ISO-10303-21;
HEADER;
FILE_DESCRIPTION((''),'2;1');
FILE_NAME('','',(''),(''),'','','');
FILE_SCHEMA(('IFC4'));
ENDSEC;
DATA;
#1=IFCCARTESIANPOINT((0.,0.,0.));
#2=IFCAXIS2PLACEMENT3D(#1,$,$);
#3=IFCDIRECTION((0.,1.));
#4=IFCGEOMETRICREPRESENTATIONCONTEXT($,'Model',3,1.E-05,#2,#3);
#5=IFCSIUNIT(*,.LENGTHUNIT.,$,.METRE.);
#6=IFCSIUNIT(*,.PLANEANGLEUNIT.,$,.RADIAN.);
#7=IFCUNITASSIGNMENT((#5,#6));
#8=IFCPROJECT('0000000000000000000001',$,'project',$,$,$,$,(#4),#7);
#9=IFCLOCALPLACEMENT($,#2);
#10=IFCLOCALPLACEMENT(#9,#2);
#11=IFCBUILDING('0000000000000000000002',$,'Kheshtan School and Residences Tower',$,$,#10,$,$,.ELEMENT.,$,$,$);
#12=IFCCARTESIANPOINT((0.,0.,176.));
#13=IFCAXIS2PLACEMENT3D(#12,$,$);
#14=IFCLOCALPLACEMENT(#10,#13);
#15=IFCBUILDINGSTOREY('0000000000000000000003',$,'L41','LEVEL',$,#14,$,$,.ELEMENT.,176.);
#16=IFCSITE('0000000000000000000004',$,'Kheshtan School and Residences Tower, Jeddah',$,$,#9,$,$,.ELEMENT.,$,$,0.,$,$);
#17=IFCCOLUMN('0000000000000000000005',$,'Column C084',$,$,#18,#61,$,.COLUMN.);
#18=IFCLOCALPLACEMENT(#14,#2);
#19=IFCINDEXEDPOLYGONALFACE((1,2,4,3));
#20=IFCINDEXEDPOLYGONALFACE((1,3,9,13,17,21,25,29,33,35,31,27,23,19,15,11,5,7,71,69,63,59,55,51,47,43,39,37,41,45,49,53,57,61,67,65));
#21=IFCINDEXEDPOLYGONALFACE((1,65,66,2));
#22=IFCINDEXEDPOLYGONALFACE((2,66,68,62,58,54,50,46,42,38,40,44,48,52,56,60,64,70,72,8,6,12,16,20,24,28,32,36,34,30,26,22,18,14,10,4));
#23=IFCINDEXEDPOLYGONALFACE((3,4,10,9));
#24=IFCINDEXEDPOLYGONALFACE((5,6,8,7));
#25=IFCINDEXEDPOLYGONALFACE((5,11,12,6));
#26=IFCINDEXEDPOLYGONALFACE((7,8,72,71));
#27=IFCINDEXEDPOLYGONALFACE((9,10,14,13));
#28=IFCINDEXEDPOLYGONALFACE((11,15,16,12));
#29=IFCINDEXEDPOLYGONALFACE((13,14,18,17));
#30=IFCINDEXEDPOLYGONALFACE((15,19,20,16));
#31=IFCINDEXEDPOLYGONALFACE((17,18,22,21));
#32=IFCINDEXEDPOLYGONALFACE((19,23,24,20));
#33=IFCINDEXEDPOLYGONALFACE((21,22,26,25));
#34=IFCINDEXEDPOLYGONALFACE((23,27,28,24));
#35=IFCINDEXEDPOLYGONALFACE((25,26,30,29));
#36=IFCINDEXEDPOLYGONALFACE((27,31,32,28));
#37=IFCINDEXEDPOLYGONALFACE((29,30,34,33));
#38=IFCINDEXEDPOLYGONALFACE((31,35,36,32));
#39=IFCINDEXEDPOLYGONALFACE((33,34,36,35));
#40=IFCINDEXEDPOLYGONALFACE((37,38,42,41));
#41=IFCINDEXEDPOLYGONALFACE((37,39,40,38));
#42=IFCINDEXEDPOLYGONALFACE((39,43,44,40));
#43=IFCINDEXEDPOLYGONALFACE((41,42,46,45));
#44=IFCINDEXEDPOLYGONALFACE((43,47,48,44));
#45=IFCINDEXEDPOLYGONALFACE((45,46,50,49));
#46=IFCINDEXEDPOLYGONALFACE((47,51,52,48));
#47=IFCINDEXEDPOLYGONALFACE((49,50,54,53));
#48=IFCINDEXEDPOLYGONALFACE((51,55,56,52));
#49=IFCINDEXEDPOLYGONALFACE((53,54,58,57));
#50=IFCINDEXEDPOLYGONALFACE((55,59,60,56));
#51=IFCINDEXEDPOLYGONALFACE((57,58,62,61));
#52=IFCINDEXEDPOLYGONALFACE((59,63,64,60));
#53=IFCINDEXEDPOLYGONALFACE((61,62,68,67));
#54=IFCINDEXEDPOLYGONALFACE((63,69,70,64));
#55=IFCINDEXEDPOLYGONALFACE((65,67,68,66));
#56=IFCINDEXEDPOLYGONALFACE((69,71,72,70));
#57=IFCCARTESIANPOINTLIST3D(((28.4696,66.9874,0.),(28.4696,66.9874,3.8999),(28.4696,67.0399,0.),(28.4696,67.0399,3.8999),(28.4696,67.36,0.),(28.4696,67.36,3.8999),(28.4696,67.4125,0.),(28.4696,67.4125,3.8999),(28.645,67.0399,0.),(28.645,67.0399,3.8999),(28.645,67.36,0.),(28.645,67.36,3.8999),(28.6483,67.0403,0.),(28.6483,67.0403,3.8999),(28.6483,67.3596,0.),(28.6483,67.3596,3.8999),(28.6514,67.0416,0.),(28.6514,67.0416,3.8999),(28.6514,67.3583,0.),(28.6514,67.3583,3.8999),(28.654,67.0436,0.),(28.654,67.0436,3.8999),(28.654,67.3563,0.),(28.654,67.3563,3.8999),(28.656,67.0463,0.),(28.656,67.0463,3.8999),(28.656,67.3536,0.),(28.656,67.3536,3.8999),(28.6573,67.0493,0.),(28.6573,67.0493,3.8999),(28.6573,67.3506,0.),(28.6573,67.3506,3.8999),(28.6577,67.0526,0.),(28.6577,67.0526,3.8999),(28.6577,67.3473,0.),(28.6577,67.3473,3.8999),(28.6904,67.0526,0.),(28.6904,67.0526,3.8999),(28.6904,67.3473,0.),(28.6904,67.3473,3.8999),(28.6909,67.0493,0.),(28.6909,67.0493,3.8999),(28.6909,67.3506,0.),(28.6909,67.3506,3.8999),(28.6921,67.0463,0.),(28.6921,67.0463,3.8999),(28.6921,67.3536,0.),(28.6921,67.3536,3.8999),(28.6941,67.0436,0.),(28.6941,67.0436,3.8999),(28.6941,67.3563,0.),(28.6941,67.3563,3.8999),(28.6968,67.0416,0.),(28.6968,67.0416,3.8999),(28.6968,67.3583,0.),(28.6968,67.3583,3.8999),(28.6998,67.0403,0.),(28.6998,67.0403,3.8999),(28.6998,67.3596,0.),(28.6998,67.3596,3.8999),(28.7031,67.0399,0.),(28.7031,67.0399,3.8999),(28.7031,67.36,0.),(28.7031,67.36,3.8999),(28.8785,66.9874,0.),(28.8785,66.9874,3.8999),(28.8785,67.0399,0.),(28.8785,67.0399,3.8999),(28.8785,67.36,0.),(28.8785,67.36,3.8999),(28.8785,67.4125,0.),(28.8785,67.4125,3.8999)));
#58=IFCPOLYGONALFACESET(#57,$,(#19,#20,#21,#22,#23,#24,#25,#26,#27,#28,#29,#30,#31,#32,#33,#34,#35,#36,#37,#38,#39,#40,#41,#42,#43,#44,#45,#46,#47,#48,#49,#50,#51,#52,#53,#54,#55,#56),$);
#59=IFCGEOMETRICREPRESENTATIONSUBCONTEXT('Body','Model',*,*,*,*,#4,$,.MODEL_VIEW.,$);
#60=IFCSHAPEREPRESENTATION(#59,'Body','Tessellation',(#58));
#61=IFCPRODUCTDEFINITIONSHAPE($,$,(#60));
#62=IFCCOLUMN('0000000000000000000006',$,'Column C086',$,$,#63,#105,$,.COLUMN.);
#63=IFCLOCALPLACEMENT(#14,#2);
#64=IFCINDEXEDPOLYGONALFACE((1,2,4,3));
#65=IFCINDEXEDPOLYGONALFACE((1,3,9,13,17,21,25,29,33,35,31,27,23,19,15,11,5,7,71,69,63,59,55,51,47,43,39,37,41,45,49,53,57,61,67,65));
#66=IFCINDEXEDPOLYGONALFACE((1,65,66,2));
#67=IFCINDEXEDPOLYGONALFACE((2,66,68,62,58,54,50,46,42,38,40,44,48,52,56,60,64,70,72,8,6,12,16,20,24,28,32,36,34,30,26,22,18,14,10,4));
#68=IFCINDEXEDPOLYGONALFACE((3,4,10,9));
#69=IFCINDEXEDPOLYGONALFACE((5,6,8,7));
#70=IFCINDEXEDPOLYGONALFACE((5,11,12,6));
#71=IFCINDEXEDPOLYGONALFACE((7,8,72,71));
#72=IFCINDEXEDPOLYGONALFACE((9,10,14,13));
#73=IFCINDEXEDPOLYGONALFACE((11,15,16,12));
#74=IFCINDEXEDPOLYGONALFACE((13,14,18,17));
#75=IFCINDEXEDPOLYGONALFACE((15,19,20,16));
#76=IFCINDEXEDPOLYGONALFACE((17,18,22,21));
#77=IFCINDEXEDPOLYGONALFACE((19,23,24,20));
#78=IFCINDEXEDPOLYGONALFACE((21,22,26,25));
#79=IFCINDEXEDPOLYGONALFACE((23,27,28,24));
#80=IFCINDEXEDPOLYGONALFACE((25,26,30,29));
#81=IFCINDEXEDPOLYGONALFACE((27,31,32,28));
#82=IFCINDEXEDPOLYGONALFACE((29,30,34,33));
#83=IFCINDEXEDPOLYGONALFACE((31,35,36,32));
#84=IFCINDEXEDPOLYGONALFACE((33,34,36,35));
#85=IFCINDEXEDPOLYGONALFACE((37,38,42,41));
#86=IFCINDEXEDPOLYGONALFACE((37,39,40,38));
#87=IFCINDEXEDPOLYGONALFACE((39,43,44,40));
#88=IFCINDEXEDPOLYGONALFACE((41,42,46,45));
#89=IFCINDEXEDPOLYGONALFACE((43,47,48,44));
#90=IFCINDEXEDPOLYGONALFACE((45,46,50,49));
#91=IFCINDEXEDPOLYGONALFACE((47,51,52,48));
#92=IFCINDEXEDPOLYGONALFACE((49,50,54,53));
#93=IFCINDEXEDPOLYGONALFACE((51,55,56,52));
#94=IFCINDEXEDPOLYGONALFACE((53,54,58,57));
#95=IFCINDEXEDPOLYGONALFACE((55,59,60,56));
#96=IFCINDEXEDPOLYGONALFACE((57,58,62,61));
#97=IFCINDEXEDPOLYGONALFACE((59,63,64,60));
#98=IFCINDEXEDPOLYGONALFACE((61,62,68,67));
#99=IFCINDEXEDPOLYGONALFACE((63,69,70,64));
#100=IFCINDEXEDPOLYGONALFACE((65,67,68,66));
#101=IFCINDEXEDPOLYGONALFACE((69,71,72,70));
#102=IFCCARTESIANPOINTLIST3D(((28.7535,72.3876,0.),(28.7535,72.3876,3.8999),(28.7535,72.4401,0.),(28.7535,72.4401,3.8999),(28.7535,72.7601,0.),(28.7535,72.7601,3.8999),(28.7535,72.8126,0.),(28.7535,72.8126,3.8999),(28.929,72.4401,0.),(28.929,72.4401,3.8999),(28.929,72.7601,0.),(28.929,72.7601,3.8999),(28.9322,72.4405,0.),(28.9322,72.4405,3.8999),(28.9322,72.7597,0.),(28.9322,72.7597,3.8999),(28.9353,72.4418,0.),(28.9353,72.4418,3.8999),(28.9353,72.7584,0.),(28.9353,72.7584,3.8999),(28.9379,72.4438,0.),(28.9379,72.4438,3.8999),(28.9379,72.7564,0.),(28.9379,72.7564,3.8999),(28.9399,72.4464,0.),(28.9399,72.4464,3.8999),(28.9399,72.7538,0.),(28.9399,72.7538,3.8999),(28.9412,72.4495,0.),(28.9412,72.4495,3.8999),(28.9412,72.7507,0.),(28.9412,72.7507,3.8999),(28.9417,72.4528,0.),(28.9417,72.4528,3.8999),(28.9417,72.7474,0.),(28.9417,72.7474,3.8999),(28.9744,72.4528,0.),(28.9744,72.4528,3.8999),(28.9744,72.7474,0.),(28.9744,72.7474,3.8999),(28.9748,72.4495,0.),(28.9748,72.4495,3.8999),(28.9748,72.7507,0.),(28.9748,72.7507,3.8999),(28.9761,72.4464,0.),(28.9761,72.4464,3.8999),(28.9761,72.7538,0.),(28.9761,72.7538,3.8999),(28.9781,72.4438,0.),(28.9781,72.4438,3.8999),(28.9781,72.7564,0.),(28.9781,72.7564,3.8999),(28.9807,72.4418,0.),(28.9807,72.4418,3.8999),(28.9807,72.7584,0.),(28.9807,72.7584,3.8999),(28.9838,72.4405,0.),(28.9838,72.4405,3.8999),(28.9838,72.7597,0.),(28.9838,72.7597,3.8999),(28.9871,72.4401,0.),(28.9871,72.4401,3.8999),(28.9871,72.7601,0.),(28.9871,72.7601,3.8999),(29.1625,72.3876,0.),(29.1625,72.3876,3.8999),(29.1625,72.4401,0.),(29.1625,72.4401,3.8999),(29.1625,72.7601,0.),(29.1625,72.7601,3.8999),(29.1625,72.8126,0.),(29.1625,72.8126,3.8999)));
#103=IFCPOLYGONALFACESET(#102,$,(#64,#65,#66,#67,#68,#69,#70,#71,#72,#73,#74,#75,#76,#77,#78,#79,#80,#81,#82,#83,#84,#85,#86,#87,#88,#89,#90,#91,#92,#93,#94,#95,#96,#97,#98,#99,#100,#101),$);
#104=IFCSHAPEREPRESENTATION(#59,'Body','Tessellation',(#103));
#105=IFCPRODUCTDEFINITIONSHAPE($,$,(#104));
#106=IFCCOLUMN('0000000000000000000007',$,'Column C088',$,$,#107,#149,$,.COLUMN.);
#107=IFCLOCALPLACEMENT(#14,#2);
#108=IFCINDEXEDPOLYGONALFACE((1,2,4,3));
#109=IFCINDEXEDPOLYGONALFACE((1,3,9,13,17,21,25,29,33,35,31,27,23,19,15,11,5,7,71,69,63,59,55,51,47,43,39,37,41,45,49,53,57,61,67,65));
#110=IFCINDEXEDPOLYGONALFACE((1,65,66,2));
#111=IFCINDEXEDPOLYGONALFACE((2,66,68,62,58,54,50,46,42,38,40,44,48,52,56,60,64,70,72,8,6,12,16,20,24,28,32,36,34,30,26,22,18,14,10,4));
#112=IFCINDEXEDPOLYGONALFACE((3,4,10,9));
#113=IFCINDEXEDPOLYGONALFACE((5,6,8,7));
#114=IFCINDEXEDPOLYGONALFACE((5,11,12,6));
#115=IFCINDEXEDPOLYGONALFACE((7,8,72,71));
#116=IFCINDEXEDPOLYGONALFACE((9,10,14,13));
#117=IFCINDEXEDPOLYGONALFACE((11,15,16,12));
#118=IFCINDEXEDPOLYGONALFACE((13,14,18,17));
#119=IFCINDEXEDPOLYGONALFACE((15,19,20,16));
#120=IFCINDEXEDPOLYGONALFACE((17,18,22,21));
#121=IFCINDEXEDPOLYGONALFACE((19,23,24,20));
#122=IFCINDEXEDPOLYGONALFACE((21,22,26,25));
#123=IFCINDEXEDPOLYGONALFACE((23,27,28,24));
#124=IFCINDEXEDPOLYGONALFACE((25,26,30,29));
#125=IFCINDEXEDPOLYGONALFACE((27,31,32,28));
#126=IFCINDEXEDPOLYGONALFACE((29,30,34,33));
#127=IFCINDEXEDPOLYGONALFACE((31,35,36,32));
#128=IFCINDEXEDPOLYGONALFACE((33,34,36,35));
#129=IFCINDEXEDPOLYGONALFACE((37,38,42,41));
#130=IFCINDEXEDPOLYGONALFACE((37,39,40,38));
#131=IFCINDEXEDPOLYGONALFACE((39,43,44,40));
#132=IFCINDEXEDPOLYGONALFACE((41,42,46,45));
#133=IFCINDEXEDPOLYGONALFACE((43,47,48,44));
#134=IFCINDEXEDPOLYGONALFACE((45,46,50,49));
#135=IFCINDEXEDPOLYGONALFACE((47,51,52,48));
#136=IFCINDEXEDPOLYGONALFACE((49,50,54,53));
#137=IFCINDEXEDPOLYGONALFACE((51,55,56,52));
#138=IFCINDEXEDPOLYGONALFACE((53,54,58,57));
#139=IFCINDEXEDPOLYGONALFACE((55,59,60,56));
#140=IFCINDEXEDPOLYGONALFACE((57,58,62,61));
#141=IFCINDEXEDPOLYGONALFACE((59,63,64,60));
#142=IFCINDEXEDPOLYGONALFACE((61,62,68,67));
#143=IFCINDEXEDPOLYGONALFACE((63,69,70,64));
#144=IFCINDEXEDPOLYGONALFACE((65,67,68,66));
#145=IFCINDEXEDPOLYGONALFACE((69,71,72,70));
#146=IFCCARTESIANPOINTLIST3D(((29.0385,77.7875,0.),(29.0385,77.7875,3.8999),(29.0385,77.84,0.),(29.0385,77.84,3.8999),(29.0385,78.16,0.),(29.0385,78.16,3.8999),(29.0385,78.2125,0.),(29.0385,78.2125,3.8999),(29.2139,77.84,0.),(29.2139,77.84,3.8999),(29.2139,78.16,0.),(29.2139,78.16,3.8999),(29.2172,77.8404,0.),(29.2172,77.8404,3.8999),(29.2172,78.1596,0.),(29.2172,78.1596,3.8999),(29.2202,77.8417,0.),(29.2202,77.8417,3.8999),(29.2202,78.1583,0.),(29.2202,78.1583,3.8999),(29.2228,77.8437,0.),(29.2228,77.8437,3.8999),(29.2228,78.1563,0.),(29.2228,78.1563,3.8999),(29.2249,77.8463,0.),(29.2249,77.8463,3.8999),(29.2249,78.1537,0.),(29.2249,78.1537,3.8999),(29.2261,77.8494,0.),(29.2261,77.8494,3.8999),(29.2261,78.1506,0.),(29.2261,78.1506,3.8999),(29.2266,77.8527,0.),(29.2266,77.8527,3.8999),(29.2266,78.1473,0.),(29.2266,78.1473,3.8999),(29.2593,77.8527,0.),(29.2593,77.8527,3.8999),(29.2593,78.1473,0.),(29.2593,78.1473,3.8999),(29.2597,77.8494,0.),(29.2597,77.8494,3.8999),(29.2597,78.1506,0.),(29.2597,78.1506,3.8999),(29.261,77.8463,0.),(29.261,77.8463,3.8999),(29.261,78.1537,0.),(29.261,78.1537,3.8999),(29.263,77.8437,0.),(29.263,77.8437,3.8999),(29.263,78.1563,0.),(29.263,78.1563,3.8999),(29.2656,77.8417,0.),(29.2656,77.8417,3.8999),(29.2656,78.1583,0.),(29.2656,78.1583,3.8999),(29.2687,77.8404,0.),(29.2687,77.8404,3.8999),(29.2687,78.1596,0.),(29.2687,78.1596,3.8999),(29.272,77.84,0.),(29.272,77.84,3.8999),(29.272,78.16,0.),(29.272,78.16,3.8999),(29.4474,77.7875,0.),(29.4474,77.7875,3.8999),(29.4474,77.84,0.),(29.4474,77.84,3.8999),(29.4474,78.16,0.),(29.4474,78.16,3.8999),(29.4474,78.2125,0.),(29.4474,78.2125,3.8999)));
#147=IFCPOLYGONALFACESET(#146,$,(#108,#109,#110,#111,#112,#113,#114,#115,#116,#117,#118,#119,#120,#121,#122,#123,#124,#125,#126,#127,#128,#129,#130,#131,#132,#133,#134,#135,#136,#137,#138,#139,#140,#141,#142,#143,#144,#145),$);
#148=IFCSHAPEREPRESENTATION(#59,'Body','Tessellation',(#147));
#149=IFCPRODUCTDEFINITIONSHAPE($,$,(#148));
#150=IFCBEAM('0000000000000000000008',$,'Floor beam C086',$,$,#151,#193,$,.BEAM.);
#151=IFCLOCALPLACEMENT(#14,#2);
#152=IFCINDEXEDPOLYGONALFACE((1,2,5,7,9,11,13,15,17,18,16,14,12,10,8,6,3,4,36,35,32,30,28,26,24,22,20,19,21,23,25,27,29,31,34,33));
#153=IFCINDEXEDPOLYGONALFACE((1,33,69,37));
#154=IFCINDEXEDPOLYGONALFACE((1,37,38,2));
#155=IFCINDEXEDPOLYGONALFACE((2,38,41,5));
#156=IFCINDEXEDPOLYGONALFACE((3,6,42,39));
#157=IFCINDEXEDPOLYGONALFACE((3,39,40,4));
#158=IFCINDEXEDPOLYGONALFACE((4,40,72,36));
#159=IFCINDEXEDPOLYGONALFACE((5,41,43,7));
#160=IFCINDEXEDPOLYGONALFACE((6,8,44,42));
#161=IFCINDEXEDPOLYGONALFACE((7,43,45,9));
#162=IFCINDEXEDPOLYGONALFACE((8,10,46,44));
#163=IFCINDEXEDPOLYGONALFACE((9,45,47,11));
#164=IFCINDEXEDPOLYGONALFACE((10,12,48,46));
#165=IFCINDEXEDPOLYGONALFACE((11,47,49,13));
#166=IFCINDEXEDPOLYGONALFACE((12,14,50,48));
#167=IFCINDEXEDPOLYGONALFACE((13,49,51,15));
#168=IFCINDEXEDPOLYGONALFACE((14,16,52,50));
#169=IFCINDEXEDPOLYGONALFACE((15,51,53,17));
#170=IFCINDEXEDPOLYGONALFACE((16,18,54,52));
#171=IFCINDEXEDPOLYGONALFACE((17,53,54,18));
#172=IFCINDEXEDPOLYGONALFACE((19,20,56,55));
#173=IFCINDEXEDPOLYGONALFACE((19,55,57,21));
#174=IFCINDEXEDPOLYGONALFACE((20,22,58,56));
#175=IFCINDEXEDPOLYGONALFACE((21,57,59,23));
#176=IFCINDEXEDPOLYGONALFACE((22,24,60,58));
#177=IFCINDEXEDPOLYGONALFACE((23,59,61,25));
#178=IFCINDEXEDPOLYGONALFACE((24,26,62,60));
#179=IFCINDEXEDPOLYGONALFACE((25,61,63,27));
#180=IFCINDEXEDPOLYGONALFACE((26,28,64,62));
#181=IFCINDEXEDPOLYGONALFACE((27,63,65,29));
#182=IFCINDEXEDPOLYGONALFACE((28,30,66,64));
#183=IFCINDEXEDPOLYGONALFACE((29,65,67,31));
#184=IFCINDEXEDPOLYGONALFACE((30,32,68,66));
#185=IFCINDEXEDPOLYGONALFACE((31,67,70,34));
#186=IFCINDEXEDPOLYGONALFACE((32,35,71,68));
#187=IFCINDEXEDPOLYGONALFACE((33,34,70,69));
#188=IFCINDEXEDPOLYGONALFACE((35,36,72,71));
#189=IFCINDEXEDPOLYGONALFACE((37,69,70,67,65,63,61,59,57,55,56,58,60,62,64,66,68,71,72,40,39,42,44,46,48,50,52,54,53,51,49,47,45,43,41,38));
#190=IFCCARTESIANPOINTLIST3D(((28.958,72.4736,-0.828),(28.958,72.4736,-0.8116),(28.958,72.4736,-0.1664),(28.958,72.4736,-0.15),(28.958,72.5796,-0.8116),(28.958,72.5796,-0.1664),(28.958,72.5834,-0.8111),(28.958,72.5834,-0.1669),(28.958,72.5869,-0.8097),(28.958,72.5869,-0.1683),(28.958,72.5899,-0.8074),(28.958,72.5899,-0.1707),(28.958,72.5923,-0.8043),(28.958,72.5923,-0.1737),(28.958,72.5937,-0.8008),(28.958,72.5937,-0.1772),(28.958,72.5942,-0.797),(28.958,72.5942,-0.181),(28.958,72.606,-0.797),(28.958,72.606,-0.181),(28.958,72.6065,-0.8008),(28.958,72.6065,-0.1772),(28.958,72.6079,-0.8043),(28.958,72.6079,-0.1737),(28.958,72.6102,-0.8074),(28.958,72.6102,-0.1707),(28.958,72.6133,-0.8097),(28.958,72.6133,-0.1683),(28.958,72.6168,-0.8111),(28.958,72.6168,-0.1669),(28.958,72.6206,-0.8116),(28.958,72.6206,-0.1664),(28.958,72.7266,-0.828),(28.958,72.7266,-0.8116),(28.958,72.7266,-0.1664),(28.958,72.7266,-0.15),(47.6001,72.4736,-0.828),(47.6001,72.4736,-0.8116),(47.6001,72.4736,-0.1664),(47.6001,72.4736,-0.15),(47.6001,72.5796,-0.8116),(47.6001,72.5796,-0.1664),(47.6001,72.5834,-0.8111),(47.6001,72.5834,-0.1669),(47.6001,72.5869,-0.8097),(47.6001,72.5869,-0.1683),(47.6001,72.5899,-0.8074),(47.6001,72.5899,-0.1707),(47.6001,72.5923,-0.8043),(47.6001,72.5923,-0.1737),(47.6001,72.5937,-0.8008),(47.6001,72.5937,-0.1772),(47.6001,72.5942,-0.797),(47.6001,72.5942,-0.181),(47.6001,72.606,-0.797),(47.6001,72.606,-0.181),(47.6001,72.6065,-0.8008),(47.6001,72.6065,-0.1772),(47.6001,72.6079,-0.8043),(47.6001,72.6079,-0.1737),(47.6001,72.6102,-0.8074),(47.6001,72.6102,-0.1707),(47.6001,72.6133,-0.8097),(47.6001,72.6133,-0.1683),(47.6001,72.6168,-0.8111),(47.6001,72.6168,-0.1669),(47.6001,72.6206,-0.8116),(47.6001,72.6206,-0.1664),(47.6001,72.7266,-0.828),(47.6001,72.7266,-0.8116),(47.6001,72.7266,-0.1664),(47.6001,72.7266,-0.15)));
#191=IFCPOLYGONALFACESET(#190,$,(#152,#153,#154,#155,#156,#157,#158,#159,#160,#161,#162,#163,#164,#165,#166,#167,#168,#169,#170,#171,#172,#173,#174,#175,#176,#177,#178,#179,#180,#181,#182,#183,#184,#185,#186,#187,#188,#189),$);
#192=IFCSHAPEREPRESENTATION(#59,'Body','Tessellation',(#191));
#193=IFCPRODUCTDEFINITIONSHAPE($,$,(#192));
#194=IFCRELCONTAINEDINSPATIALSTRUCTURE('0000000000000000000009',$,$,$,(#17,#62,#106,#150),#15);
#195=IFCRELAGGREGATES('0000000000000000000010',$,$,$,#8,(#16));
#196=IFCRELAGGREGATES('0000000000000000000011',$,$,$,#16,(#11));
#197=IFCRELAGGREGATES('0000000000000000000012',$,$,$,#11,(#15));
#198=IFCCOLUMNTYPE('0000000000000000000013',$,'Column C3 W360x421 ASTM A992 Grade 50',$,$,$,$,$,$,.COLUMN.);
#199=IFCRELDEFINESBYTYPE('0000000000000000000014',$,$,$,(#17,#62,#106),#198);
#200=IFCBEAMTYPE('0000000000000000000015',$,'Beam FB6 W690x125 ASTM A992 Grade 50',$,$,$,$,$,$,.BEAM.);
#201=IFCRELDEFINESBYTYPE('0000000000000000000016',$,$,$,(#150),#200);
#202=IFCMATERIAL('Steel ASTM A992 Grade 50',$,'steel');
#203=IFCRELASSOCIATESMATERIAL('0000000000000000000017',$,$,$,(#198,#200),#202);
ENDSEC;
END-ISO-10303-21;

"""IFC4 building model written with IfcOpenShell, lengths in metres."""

from ifc_helpers import new_model, si_unit, direction, frame, origin, origin_2d, place, context, subcontext, project, spatial, i_section, extrude, material, material_profile, profile_set, type_object, element, save


model = new_model("IFC4")

# Units and contexts
model_context = context("Model", 3, precision=1e-05, world=origin(), true_north=direction((0.0, 1.0)))
body_context = subcontext(model_context, "Body", "Model", "MODEL_VIEW")
ifc_project = project(units=[si_unit("LENGTHUNIT", "METRE"), si_unit("PLANEANGLEUNIT", "RADIAN")], contexts=[model_context])

# Site, building, storey
site_placement = place(None, origin())
site = spatial("IfcSite", under=ifc_project, at=site_placement, Name="Kheshtan School and Residences Tower, Jeddah", CompositionType="ELEMENT", RefElevation=0.0)
building_placement = place(site_placement, origin())
building = spatial("IfcBuilding", under=site, at=building_placement, Name="Kheshtan School and Residences Tower", CompositionType="ELEMENT")
storey_placement = place(building_placement, frame((0.0, 0.0, 176.0)))
storey = spatial("IfcBuildingStorey", under=building, at=storey_placement, Name="L41", Description="LEVEL", CompositionType="ELEMENT", Elevation=176.0)

# Columns
ifc_material_1 = material(Name="Steel ASTM A992 Grade 50", Category="steel")
ifc_material_profile_1 = material_profile(ifc_material_1, i_section(OverallWidth=0.4089, OverallDepth=0.425, WebThickness=0.0327, FlangeThickness=0.0525, FilletRadius=0.0127, at=origin_2d()), Name="W360x421")
ifc_profile_set_1 = profile_set([ifc_material_profile_1], Name="Steel ASTM A992 Grade 50")
column_type = type_object("IfcColumnType", Name="Column C3 W360x421 ASTM A992 Grade 50", PredefinedType="COLUMN", material=ifc_profile_set_1)
for number, where, z_axis, x_axis, name in (
    (1, (28.6741, 67.2, 0.0), (0.0, 0.0, 1.0), (1.0, 0.0, 0.0), "Column C084"),
    (2, (28.958, 72.6001, 0.0), (0.0, 0.0, 1.0), (1.0, 0.0, 0.0), "Column C086"),
    (3, (29.2429, 78.0, 0.0), (0.0, 0.0, 1.0), (1.0, 0.0, 0.0), "Column C088"),
):
    element("IfcColumn", number, at=place(storey_placement, frame(where, z_axis=z_axis, x_axis=x_axis)), inside=storey, type_object=column_type, Name=name, PredefinedType="COLUMN", context=body_context, shape_type="SweptSolid", body=[
        extrude(i_section(OverallWidth=0.4089, OverallDepth=0.425, WebThickness=0.0327, FlangeThickness=0.0525, FilletRadius=0.0127, at=origin_2d()), origin(), (0.0, 0.0, 1.0), 3.8999),
    ])

# Beam
ifc_material_profile_2 = material_profile(ifc_material_1, i_section(OverallWidth=0.2529, OverallDepth=0.678, WebThickness=0.0117, FlangeThickness=0.0164, FilletRadius=0.0146, at=origin_2d()), Name="W690x125")
ifc_profile_set_2 = profile_set([ifc_material_profile_2], Name="Steel ASTM A992 Grade 50")
beam_type_1 = type_object("IfcBeamType", Name="Beam FB6 W690x125 ASTM A992 Grade 50", PredefinedType="BEAM", material=ifc_profile_set_2)
beam_1_placement = place(storey_placement, frame((28.958, 72.6001, -0.489), z_axis=(1.0, 0.0, 0.0), x_axis=(0.0, 1.0, 0.0)))
element("IfcBeam", 4, at=beam_1_placement, inside=storey, type_object=beam_type_1, Name="Floor beam C086", PredefinedType="BEAM", context=body_context, shape_type="SweptSolid", body=[
    extrude(i_section(OverallWidth=0.2529, OverallDepth=0.678, WebThickness=0.0117, FlangeThickness=0.0164, FilletRadius=0.0146, at=origin_2d()), origin(), (0.0, 0.0, 1.0), 18.6421),
])

save(model, "model.ifc")
